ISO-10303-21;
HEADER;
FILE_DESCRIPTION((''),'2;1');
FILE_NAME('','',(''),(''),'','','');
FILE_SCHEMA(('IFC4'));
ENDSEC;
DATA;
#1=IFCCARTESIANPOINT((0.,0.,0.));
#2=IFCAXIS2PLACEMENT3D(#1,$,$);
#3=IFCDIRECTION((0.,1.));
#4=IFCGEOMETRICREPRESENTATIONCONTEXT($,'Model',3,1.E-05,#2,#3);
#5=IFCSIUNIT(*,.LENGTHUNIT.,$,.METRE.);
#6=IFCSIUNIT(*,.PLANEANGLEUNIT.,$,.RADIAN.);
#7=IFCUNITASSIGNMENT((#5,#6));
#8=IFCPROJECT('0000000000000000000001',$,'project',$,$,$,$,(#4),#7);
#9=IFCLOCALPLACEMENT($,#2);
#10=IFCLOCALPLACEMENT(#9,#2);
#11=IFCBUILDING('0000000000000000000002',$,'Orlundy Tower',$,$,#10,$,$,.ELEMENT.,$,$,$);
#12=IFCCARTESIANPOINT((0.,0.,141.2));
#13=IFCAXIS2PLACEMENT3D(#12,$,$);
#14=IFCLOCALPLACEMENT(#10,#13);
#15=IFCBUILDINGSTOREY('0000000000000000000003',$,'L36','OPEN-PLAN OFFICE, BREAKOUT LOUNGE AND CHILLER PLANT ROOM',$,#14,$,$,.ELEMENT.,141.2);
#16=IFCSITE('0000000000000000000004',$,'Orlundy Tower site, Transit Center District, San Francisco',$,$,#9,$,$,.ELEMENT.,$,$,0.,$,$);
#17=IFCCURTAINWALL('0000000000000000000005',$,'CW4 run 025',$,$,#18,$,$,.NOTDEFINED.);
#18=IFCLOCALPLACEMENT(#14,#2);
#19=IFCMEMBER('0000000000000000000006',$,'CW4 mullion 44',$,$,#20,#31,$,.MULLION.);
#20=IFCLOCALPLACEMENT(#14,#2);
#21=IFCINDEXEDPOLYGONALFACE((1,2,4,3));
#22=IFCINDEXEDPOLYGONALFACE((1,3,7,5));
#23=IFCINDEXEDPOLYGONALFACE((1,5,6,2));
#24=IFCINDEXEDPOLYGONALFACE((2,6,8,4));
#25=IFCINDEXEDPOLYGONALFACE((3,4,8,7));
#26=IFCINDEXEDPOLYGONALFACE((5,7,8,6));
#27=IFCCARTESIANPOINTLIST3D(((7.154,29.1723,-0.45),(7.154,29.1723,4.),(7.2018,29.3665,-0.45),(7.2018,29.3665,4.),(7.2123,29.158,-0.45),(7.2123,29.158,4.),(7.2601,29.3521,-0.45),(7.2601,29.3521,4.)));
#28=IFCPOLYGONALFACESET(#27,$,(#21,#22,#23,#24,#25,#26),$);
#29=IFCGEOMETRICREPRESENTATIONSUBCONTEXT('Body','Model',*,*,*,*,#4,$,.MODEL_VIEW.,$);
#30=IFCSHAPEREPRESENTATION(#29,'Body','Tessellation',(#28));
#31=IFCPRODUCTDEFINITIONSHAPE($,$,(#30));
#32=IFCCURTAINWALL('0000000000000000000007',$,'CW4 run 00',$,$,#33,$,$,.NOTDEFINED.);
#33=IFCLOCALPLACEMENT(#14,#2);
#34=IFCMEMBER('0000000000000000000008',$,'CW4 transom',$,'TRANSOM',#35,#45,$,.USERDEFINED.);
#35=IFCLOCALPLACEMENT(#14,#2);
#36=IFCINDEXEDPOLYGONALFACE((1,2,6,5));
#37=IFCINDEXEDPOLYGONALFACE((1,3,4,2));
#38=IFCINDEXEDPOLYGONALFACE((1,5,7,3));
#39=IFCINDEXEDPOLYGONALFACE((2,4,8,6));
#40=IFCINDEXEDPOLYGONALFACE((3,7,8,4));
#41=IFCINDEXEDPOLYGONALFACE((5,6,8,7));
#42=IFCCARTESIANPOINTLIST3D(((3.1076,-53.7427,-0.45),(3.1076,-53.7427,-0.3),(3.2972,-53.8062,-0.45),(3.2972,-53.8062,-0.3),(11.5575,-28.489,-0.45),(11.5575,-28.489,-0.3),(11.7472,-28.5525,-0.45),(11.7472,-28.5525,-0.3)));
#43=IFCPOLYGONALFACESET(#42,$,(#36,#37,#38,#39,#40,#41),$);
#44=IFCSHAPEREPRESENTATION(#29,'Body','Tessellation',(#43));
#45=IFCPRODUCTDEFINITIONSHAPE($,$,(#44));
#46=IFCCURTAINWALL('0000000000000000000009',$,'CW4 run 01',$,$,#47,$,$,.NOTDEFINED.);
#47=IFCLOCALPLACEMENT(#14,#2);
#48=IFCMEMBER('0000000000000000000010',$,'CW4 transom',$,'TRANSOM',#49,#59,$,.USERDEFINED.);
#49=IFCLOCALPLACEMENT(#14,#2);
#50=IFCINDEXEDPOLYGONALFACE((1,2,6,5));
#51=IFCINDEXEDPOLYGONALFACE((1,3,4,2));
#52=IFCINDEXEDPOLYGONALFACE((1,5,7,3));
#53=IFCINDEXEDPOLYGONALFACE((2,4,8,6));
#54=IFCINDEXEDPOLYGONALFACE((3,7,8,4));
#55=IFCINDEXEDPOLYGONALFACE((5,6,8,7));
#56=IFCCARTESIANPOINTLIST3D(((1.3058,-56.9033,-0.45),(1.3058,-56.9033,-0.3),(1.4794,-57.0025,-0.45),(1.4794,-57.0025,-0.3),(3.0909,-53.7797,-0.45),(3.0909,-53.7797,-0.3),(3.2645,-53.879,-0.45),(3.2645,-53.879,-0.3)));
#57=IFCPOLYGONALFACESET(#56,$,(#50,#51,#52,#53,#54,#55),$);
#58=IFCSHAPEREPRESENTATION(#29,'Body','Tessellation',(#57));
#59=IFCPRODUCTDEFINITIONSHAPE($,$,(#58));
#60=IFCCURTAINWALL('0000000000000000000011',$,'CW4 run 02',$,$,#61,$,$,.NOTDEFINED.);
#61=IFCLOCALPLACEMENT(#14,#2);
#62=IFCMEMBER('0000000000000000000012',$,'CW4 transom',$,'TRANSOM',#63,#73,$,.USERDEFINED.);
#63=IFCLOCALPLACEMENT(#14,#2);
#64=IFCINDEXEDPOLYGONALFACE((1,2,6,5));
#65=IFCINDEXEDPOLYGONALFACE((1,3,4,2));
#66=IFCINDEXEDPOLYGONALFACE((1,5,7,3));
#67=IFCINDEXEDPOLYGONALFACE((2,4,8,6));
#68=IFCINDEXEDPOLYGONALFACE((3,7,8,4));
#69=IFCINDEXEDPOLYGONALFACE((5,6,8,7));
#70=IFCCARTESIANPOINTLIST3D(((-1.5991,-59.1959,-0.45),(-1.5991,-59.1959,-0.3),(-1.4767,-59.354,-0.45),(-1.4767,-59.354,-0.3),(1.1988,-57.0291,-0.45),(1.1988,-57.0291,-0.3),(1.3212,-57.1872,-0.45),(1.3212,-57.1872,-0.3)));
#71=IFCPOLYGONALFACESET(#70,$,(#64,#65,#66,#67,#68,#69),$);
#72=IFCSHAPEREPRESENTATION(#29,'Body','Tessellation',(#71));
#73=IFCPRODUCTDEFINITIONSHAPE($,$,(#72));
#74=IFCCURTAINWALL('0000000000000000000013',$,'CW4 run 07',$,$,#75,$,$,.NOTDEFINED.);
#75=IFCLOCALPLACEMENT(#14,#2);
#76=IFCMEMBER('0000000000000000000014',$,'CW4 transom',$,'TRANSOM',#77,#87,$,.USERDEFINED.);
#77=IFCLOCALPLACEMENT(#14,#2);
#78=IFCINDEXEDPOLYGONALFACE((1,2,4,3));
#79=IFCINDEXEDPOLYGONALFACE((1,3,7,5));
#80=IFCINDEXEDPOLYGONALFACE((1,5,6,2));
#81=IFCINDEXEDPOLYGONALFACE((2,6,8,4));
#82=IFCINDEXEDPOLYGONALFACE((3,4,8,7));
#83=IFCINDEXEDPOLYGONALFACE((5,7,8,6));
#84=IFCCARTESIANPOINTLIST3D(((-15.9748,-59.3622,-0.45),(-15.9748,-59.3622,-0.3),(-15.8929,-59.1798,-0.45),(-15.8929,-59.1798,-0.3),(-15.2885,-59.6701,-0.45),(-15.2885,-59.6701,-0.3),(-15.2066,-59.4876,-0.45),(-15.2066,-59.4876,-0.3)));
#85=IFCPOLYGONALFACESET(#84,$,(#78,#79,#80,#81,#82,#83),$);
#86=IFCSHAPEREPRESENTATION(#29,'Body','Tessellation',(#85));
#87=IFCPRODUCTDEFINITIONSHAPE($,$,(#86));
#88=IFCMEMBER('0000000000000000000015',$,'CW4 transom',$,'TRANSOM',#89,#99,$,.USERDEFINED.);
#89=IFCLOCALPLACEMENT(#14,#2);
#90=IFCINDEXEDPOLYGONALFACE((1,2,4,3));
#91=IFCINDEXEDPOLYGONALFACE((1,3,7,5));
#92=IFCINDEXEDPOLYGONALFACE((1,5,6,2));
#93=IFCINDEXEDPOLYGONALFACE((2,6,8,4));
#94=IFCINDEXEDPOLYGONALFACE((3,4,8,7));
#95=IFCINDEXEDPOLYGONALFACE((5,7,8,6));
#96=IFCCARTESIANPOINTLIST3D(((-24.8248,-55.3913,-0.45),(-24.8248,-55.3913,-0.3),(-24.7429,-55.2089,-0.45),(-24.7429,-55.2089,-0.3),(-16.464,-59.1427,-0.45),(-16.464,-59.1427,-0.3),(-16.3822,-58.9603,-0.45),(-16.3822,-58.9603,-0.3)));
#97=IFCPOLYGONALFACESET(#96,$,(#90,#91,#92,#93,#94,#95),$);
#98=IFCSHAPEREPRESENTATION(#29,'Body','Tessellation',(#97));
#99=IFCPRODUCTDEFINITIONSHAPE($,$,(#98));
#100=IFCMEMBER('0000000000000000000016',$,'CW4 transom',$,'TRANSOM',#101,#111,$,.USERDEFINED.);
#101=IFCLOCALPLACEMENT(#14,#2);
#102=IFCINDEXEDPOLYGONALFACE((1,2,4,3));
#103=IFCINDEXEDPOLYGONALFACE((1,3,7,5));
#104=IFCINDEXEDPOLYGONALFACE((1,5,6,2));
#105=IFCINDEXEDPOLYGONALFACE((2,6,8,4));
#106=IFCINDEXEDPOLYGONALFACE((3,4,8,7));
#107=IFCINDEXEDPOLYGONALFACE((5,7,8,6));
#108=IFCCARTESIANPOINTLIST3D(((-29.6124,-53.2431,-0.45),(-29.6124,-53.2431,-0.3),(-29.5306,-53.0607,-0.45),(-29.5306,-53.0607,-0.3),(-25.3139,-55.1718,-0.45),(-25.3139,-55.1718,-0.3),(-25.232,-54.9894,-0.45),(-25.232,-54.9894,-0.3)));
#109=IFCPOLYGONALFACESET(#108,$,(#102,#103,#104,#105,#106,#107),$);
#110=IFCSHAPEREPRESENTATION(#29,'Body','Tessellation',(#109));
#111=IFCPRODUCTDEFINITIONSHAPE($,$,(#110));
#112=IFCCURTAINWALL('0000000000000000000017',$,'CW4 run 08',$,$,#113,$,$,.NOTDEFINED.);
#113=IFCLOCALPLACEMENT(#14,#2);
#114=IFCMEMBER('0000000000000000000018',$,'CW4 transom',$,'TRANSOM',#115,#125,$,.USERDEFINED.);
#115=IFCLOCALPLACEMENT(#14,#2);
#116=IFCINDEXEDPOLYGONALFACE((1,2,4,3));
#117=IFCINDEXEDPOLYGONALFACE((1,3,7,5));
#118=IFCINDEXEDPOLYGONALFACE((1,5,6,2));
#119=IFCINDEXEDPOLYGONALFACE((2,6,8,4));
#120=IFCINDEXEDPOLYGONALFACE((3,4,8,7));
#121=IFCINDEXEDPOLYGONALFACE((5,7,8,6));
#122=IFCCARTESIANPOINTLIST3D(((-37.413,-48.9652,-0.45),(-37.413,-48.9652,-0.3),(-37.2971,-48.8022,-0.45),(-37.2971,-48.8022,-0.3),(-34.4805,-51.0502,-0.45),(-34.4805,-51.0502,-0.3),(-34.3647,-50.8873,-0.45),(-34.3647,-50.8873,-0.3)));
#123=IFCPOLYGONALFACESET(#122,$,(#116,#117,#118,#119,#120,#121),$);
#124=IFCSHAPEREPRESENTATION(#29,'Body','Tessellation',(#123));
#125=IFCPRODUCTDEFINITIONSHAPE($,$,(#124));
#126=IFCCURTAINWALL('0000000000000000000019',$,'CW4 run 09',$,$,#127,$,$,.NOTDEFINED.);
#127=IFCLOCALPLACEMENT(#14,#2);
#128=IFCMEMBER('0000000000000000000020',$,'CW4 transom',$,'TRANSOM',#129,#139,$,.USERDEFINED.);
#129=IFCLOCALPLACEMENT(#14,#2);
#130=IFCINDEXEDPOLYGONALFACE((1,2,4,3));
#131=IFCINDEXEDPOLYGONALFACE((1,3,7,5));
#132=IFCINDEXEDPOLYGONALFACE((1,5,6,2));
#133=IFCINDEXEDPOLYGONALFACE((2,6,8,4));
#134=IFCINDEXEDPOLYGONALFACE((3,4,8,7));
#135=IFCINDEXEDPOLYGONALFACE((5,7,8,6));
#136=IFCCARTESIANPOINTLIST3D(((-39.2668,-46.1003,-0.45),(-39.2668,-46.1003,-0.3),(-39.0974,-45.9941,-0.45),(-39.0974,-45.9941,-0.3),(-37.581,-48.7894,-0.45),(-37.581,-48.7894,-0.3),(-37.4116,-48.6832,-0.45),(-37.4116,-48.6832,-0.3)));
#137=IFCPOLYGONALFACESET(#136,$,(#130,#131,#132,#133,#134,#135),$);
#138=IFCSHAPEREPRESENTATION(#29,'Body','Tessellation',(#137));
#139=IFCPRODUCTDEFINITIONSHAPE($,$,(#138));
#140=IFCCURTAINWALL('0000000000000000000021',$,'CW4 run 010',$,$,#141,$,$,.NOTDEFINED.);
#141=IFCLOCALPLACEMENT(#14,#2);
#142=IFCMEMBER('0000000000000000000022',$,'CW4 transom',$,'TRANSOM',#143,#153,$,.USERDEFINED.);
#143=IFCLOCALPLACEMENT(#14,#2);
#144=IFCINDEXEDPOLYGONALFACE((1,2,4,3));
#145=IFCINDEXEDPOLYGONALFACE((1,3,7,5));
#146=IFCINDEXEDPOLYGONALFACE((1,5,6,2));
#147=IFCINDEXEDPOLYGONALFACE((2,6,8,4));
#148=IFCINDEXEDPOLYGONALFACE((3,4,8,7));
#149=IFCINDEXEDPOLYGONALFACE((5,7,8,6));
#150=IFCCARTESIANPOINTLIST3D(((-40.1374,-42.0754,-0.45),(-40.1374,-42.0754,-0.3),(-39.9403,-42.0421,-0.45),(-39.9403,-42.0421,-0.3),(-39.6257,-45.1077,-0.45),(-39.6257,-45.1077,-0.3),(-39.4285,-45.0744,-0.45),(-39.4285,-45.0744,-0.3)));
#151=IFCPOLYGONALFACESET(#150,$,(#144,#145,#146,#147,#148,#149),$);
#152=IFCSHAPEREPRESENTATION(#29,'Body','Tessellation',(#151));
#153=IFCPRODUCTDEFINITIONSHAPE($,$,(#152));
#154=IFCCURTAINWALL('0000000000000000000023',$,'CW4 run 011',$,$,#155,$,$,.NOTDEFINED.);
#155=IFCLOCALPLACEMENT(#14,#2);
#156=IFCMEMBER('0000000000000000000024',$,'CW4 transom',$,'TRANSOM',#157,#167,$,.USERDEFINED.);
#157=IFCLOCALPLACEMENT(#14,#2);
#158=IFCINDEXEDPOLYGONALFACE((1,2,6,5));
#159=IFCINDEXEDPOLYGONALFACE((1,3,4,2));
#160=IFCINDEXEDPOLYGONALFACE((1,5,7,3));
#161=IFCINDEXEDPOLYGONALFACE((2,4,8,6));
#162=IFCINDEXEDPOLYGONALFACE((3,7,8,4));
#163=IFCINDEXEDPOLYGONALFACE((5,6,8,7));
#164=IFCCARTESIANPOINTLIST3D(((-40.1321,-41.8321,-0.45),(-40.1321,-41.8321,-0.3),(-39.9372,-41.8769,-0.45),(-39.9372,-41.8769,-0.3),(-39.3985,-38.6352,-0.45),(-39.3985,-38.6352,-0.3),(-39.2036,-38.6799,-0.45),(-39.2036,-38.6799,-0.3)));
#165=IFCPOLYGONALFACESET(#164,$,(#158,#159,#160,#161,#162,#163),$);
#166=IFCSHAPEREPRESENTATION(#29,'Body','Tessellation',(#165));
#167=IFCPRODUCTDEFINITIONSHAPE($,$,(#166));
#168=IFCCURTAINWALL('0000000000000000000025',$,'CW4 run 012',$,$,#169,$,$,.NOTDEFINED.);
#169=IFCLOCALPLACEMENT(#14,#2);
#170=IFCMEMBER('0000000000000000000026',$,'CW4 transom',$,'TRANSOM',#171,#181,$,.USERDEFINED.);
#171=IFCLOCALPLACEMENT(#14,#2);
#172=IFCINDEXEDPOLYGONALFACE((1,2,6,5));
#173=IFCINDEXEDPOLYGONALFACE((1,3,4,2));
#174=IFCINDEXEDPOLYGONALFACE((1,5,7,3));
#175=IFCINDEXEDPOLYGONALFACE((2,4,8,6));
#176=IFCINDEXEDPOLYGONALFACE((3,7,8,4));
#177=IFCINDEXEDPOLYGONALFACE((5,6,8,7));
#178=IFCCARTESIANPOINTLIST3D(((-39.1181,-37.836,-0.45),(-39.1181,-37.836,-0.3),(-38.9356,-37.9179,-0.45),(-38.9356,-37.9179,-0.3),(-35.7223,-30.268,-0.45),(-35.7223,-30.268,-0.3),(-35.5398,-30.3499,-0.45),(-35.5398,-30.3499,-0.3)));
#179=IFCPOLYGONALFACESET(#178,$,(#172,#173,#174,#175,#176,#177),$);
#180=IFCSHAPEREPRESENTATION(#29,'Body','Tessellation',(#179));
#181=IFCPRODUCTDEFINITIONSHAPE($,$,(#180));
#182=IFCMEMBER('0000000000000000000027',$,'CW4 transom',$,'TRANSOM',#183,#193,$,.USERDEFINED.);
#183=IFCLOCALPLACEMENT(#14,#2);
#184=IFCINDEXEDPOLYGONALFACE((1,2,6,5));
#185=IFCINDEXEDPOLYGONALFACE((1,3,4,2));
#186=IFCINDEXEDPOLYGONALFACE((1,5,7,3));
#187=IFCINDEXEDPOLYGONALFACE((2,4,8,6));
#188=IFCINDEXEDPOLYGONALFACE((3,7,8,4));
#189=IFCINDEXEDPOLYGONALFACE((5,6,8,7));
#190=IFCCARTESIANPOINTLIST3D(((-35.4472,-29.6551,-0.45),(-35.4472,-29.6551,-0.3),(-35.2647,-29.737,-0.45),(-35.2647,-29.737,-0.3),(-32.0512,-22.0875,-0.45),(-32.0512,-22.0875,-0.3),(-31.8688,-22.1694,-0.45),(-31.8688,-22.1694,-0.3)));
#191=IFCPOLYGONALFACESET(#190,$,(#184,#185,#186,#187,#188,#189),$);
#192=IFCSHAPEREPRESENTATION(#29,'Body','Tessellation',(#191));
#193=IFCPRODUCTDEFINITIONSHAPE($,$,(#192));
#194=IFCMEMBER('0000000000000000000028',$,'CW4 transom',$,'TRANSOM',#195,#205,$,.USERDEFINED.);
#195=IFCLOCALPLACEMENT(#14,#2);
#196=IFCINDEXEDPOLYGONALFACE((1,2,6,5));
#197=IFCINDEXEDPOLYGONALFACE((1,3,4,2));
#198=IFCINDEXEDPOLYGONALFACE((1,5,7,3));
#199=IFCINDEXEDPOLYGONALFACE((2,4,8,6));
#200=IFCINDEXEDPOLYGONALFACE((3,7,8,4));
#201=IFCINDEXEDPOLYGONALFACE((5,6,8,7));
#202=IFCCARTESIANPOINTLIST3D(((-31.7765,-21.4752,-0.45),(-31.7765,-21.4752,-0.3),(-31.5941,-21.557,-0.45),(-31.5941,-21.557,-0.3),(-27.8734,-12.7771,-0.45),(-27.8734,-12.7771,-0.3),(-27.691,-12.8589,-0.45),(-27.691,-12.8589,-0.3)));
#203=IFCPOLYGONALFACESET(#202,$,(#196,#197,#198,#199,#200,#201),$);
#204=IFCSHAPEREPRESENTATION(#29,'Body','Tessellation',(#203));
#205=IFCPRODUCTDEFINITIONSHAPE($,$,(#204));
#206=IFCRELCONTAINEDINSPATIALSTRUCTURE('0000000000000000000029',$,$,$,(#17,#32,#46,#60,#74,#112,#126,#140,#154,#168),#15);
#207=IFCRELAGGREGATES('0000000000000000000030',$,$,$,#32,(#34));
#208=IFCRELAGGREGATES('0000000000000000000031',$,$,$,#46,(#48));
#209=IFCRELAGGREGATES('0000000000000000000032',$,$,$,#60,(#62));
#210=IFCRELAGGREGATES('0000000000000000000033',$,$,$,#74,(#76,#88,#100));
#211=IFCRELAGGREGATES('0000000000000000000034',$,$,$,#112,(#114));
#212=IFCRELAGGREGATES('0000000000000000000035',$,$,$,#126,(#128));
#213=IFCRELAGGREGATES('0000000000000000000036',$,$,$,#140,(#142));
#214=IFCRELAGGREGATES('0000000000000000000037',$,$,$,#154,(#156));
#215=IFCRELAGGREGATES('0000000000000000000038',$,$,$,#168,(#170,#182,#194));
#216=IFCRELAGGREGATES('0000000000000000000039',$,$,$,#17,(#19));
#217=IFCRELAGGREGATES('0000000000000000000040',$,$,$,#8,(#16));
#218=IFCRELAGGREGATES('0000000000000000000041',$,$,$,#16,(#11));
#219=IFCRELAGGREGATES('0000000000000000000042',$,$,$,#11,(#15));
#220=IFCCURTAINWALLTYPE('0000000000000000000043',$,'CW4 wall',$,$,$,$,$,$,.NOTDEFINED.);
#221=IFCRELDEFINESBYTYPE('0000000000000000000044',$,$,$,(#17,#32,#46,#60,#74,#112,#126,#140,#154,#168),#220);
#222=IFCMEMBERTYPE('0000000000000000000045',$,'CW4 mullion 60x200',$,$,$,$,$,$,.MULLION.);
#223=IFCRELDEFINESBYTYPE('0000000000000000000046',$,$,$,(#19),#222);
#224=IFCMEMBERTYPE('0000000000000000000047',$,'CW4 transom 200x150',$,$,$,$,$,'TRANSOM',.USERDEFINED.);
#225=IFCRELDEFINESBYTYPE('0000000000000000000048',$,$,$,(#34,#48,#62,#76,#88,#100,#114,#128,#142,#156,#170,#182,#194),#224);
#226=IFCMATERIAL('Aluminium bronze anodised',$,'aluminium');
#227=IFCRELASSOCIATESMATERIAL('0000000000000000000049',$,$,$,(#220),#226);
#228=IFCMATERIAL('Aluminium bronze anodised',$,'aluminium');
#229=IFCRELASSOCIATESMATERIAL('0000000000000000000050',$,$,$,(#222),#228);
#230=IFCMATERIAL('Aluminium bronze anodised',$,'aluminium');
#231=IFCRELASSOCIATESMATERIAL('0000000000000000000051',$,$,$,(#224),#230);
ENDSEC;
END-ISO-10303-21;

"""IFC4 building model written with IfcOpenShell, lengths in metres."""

from ifc_helpers import new_model, si_unit, direction, frame, origin, origin_2d, place, context, subcontext, project, spatial, rectangle, extrude, material, material_profile, profile_set, type_object, element, aggregate, save


model = new_model("IFC4")

# Units and contexts
model_context = context("Model", 3, precision=1e-05, world=origin(), true_north=direction((0.0, 1.0)))
body_context = subcontext(model_context, "Body", "Model", "MODEL_VIEW")
ifc_project = project(units=[si_unit("LENGTHUNIT", "METRE"), si_unit("PLANEANGLEUNIT", "RADIAN")], contexts=[model_context])

# Site, building, storey
site_placement = place(None, origin())
site = spatial("IfcSite", under=ifc_project, at=site_placement, Name="Orlundy Tower site, Transit Center District, San Francisco", CompositionType="ELEMENT", RefElevation=0.0)
building_placement = place(site_placement, origin())
building = spatial("IfcBuilding", under=site, at=building_placement, Name="Orlundy Tower", CompositionType="ELEMENT")
storey_placement = place(building_placement, frame((0.0, 0.0, 141.2)))
storey = spatial("IfcBuildingStorey", under=building, at=storey_placement, Name="L36", Description="OPEN-PLAN OFFICE, BREAKOUT LOUNGE AND CHILLER PLANT ROOM", CompositionType="ELEMENT", Elevation=141.2)

# Curtain walls, members
ifc_material_1 = material(Name="Aluminium bronze anodised", Category="aluminium")
curtain_wall_type = type_object("IfcCurtainWallType", Name="CW4 wall", PredefinedType="NOTDEFINED", material=ifc_material_1)
curtain_wall_1_placement = place(storey_placement, origin())
curtain_wall_1 = element("IfcCurtainWall", 1, at=curtain_wall_1_placement, inside=storey, type_object=curtain_wall_type, Name="CW4 run 025", PredefinedType="NOTDEFINED")
ifc_material_2 = material(Name="Aluminium bronze anodised", Category="aluminium")
ifc_material_profile_1 = material_profile(ifc_material_2, rectangle(XDim=0.2, YDim=0.0601, at=origin_2d()), Name="CW4 mullion 60x200")
ifc_profile_set_1 = profile_set([ifc_material_profile_1], Name="Aluminium bronze anodised")
member_type_1 = type_object("IfcMemberType", Name="CW4 mullion 60x200", PredefinedType="MULLION", material=ifc_profile_set_1)
member_1_placement = place(storey_placement, frame((7.207, 29.2622, -0.45), z_axis=(0.0, 0.0, 1.0), x_axis=(0.239104, 0.970994, 0.0)))
member_1 = element("IfcMember", 2, at=member_1_placement, type_object=member_type_1, Name="CW4 mullion 44", PredefinedType="MULLION", context=body_context, shape_type="SweptSolid", body=[
    extrude(rectangle(XDim=0.2, YDim=0.0601, at=origin_2d()), origin(), (0.0, 0.0, 1.0), 4.45),
])
curtain_wall_2_placement = place(storey_placement, origin())
curtain_wall_2 = element("IfcCurtainWall", 3, at=curtain_wall_2_placement, inside=storey, type_object=curtain_wall_type, Name="CW4 run 00", PredefinedType="NOTDEFINED")
ifc_material_3 = material(Name="Aluminium bronze anodised", Category="aluminium")
ifc_material_profile_2 = material_profile(ifc_material_3, rectangle(XDim=0.2, YDim=0.1499, at=origin_2d()), Name="CW4 transom 200x150")
ifc_profile_set_2 = profile_set([ifc_material_profile_2], Name="Aluminium bronze anodised")
member_type_2 = type_object("IfcMemberType", Name="CW4 transom 200x150", ElementType="TRANSOM", PredefinedType="USERDEFINED", material=ifc_profile_set_2)
member_2_placement = place(storey_placement, frame((11.6523, -28.5208, -0.375), z_axis=(-0.317311, -0.948321, 0.0), x_axis=(0.948321, -0.317311, 0.0)))
member_2 = element("IfcMember", 4, at=member_2_placement, type_object=member_type_2, Name="CW4 transom", ObjectType="TRANSOM", PredefinedType="USERDEFINED", context=body_context, shape_type="SweptSolid", body=[
    extrude(rectangle(XDim=0.2, YDim=0.1499, at=origin_2d()), origin(), (0.0, 0.0, 1.0), 26.6299),
])
aggregate(curtain_wall_2, [member_2])
curtain_wall_3_placement = place(storey_placement, origin())
curtain_wall_3 = element("IfcCurtainWall", 5, at=curtain_wall_3_placement, inside=storey, type_object=curtain_wall_type, Name="CW4 run 01", PredefinedType="NOTDEFINED")
member_3_placement = place(storey_placement, frame((3.1777, -53.8293, -0.375), z_axis=(-0.496197, -0.86821, 0.0), x_axis=(0.86821, -0.496197, 0.0)))
member_3 = element("IfcMember", 6, at=member_3_placement, type_object=member_type_2, Name="CW4 transom", ObjectType="TRANSOM", PredefinedType="USERDEFINED", context=body_context, shape_type="SweptSolid", body=[
    extrude(rectangle(XDim=0.2, YDim=0.1499, at=origin_2d()), origin(), (0.0, 0.0, 1.0), 3.5977),
])
aggregate(curtain_wall_3, [member_3])
curtain_wall_4_placement = place(storey_placement, origin())
curtain_wall_4 = element("IfcCurtainWall", 7, at=curtain_wall_4_placement, inside=storey, type_object=curtain_wall_type, Name="CW4 run 02", PredefinedType="NOTDEFINED")
member_4_placement = place(storey_placement, frame((1.26, -57.1082, -0.375), z_axis=(-0.790632, -0.612291, 0.0), x_axis=(0.612291, -0.790632, 0.0)))
member_4 = element("IfcMember", 8, at=member_4_placement, type_object=member_type_2, Name="CW4 transom", ObjectType="TRANSOM", PredefinedType="USERDEFINED", context=body_context, shape_type="SweptSolid", body=[
    extrude(rectangle(XDim=0.2, YDim=0.1499, at=origin_2d()), origin(), (0.0, 0.0, 1.0), 3.5388),
])
aggregate(curtain_wall_4, [member_4])

# Curtain wall, members
curtain_wall_5_placement = place(storey_placement, origin())
curtain_wall_5 = element("IfcCurtainWall", 9, at=curtain_wall_5_placement, inside=storey, type_object=curtain_wall_type, Name="CW4 run 07", PredefinedType="NOTDEFINED")
member_5_placement = place(storey_placement, frame((-15.2476, -59.5789, -0.375), z_axis=(-0.912401, 0.409298, 0.0), x_axis=(-0.409298, -0.912401, 0.0)))
member_5 = element("IfcMember", 10, at=member_5_placement, type_object=member_type_2, Name="CW4 transom", ObjectType="TRANSOM", PredefinedType="USERDEFINED", context=body_context, shape_type="SweptSolid", body=[
    extrude(rectangle(XDim=0.2, YDim=0.1499, at=origin_2d()), origin(), (0.0, 0.0, 1.0), 0.7522),
])
member_6_placement = place(storey_placement, frame((-16.4231, -59.0515, -0.375), z_axis=(-0.912367, 0.409374, 0.0), x_axis=(-0.409374, -0.912367, 0.0)))
member_6 = element("IfcMember", 11, at=member_6_placement, type_object=member_type_2, Name="CW4 transom", ObjectType="TRANSOM", PredefinedType="USERDEFINED", context=body_context, shape_type="SweptSolid", body=[
    extrude(rectangle(XDim=0.2, YDim=0.1499, at=origin_2d()), origin(), (0.0, 0.0, 1.0), 9.1638),
])
member_7_placement = place(storey_placement, frame((-25.2729, -55.0806, -0.375), z_axis=(-0.91237, 0.409367, 0.0), x_axis=(-0.409367, -0.91237, 0.0)))
member_7 = element("IfcMember", 12, at=member_7_placement, type_object=member_type_2, Name="CW4 transom", ObjectType="TRANSOM", PredefinedType="USERDEFINED", context=body_context, shape_type="SweptSolid", body=[
    extrude(rectangle(XDim=0.2, YDim=0.1499, at=origin_2d()), origin(), (0.0, 0.0, 1.0), 4.7114),
])
aggregate(curtain_wall_5, [member_5, member_6, member_7])

# Curtain walls, members
curtain_wall_6_placement = place(storey_placement, origin())
curtain_wall_6 = element("IfcCurtainWall", 13, at=curtain_wall_6_placement, inside=storey, type_object=curtain_wall_type, Name="CW4 run 08", PredefinedType="NOTDEFINED")
member_8_placement = place(storey_placement, frame((-34.4226, -50.9688, -0.375), z_axis=(-0.814992, 0.579472, 0.0), x_axis=(-0.579472, -0.814992, 0.0)))
member_8 = element("IfcMember", 14, at=member_8_placement, type_object=member_type_2, Name="CW4 transom", ObjectType="TRANSOM", PredefinedType="USERDEFINED", context=body_context, shape_type="SweptSolid", body=[
    extrude(rectangle(XDim=0.2, YDim=0.1499, at=origin_2d()), origin(), (0.0, 0.0, 1.0), 3.5981),
])
aggregate(curtain_wall_6, [member_8])
curtain_wall_7_placement = place(storey_placement, origin())
curtain_wall_7 = element("IfcCurtainWall", 15, at=curtain_wall_7_placement, inside=storey, type_object=curtain_wall_type, Name="CW4 run 09", PredefinedType="NOTDEFINED")
member_9_placement = place(storey_placement, frame((-37.4963, -48.7363, -0.375), z_axis=(-0.531139, 0.847285, 0.0), x_axis=(-0.847285, -0.531139, 0.0)))
member_9 = element("IfcMember", 16, at=member_9_placement, type_object=member_type_2, Name="CW4 transom", ObjectType="TRANSOM", PredefinedType="USERDEFINED", context=body_context, shape_type="SweptSolid", body=[
    extrude(rectangle(XDim=0.2, YDim=0.1499, at=origin_2d()), origin(), (0.0, 0.0, 1.0), 3.1738),
])
aggregate(curtain_wall_7, [member_9])
curtain_wall_8_placement = place(storey_placement, origin())
curtain_wall_8 = element("IfcCurtainWall", 17, at=curtain_wall_8_placement, inside=storey, type_object=curtain_wall_type, Name="CW4 run 010", PredefinedType="NOTDEFINED")
member_10_placement = place(storey_placement, frame((-39.5271, -45.0911, -0.375), z_axis=(-0.166407, 0.986057, 0.0), x_axis=(-0.986057, -0.166407, 0.0)))
member_10 = element("IfcMember", 18, at=member_10_placement, type_object=member_type_2, Name="CW4 transom", ObjectType="TRANSOM", PredefinedType="USERDEFINED", context=body_context, shape_type="SweptSolid", body=[
    extrude(rectangle(XDim=0.2, YDim=0.1499, at=origin_2d()), origin(), (0.0, 0.0, 1.0), 3.0752),
])
aggregate(curtain_wall_8, [member_10])
curtain_wall_9_placement = place(storey_placement, origin())
curtain_wall_9 = element("IfcCurtainWall", 19, at=curtain_wall_9_placement, inside=storey, type_object=curtain_wall_type, Name="CW4 run 011", PredefinedType="NOTDEFINED")
member_11_placement = place(storey_placement, frame((-40.0347, -41.8545, -0.375), z_axis=(0.223663, 0.974666, 0.0), x_axis=(-0.974666, 0.223663, 0.0)))
member_11 = element("IfcMember", 20, at=member_11_placement, type_object=member_type_2, Name="CW4 transom", ObjectType="TRANSOM", PredefinedType="USERDEFINED", context=body_context, shape_type="SweptSolid", body=[
    extrude(rectangle(XDim=0.2, YDim=0.1499, at=origin_2d()), origin(), (0.0, 0.0, 1.0), 3.28),
])
aggregate(curtain_wall_9, [member_11])

# Curtain wall, members
curtain_wall_10_placement = place(storey_placement, origin())
curtain_wall_10 = element("IfcCurtainWall", 21, at=curtain_wall_10_placement, inside=storey, type_object=curtain_wall_type, Name="CW4 run 012", PredefinedType="NOTDEFINED")
member_12_placement = place(storey_placement, frame((-39.0269, -37.877, -0.375), z_axis=(0.409383, 0.912363, 0.0), x_axis=(-0.912363, 0.409383, 0.0)))
member_12 = element("IfcMember", 22, at=member_12_placement, type_object=member_type_2, Name="CW4 transom", ObjectType="TRANSOM", PredefinedType="USERDEFINED", context=body_context, shape_type="SweptSolid", body=[
    extrude(rectangle(XDim=0.2, YDim=0.1499, at=origin_2d()), origin(), (0.0, 0.0, 1.0), 8.2949),
])
member_13_placement = place(storey_placement, frame((-35.356, -29.696, -0.375), z_axis=(0.409418, 0.912347, 0.0), x_axis=(-0.912347, 0.409418, 0.0)))
member_13 = element("IfcMember", 23, at=member_13_placement, type_object=member_type_2, Name="CW4 transom", ObjectType="TRANSOM", PredefinedType="USERDEFINED", context=body_context, shape_type="SweptSolid", body=[
    extrude(rectangle(XDim=0.2, YDim=0.1499, at=origin_2d()), origin(), (0.0, 0.0, 1.0), 8.2947),
])
member_14_placement = place(storey_placement, frame((-31.6853, -21.5161, -0.375), z_axis=(0.409403, 0.912354, 0.0), x_axis=(-0.912354, 0.409403, 0.0)))
member_14 = element("IfcMember", 24, at=member_14_placement, type_object=member_type_2, Name="CW4 transom", ObjectType="TRANSOM", PredefinedType="USERDEFINED", context=body_context, shape_type="SweptSolid", body=[
    extrude(rectangle(XDim=0.2, YDim=0.1499, at=origin_2d()), origin(), (0.0, 0.0, 1.0), 9.5337),
])
aggregate(curtain_wall_10, [member_12, member_13, member_14])

aggregate(curtain_wall_1, [member_1])

save(model, "model.ifc")
